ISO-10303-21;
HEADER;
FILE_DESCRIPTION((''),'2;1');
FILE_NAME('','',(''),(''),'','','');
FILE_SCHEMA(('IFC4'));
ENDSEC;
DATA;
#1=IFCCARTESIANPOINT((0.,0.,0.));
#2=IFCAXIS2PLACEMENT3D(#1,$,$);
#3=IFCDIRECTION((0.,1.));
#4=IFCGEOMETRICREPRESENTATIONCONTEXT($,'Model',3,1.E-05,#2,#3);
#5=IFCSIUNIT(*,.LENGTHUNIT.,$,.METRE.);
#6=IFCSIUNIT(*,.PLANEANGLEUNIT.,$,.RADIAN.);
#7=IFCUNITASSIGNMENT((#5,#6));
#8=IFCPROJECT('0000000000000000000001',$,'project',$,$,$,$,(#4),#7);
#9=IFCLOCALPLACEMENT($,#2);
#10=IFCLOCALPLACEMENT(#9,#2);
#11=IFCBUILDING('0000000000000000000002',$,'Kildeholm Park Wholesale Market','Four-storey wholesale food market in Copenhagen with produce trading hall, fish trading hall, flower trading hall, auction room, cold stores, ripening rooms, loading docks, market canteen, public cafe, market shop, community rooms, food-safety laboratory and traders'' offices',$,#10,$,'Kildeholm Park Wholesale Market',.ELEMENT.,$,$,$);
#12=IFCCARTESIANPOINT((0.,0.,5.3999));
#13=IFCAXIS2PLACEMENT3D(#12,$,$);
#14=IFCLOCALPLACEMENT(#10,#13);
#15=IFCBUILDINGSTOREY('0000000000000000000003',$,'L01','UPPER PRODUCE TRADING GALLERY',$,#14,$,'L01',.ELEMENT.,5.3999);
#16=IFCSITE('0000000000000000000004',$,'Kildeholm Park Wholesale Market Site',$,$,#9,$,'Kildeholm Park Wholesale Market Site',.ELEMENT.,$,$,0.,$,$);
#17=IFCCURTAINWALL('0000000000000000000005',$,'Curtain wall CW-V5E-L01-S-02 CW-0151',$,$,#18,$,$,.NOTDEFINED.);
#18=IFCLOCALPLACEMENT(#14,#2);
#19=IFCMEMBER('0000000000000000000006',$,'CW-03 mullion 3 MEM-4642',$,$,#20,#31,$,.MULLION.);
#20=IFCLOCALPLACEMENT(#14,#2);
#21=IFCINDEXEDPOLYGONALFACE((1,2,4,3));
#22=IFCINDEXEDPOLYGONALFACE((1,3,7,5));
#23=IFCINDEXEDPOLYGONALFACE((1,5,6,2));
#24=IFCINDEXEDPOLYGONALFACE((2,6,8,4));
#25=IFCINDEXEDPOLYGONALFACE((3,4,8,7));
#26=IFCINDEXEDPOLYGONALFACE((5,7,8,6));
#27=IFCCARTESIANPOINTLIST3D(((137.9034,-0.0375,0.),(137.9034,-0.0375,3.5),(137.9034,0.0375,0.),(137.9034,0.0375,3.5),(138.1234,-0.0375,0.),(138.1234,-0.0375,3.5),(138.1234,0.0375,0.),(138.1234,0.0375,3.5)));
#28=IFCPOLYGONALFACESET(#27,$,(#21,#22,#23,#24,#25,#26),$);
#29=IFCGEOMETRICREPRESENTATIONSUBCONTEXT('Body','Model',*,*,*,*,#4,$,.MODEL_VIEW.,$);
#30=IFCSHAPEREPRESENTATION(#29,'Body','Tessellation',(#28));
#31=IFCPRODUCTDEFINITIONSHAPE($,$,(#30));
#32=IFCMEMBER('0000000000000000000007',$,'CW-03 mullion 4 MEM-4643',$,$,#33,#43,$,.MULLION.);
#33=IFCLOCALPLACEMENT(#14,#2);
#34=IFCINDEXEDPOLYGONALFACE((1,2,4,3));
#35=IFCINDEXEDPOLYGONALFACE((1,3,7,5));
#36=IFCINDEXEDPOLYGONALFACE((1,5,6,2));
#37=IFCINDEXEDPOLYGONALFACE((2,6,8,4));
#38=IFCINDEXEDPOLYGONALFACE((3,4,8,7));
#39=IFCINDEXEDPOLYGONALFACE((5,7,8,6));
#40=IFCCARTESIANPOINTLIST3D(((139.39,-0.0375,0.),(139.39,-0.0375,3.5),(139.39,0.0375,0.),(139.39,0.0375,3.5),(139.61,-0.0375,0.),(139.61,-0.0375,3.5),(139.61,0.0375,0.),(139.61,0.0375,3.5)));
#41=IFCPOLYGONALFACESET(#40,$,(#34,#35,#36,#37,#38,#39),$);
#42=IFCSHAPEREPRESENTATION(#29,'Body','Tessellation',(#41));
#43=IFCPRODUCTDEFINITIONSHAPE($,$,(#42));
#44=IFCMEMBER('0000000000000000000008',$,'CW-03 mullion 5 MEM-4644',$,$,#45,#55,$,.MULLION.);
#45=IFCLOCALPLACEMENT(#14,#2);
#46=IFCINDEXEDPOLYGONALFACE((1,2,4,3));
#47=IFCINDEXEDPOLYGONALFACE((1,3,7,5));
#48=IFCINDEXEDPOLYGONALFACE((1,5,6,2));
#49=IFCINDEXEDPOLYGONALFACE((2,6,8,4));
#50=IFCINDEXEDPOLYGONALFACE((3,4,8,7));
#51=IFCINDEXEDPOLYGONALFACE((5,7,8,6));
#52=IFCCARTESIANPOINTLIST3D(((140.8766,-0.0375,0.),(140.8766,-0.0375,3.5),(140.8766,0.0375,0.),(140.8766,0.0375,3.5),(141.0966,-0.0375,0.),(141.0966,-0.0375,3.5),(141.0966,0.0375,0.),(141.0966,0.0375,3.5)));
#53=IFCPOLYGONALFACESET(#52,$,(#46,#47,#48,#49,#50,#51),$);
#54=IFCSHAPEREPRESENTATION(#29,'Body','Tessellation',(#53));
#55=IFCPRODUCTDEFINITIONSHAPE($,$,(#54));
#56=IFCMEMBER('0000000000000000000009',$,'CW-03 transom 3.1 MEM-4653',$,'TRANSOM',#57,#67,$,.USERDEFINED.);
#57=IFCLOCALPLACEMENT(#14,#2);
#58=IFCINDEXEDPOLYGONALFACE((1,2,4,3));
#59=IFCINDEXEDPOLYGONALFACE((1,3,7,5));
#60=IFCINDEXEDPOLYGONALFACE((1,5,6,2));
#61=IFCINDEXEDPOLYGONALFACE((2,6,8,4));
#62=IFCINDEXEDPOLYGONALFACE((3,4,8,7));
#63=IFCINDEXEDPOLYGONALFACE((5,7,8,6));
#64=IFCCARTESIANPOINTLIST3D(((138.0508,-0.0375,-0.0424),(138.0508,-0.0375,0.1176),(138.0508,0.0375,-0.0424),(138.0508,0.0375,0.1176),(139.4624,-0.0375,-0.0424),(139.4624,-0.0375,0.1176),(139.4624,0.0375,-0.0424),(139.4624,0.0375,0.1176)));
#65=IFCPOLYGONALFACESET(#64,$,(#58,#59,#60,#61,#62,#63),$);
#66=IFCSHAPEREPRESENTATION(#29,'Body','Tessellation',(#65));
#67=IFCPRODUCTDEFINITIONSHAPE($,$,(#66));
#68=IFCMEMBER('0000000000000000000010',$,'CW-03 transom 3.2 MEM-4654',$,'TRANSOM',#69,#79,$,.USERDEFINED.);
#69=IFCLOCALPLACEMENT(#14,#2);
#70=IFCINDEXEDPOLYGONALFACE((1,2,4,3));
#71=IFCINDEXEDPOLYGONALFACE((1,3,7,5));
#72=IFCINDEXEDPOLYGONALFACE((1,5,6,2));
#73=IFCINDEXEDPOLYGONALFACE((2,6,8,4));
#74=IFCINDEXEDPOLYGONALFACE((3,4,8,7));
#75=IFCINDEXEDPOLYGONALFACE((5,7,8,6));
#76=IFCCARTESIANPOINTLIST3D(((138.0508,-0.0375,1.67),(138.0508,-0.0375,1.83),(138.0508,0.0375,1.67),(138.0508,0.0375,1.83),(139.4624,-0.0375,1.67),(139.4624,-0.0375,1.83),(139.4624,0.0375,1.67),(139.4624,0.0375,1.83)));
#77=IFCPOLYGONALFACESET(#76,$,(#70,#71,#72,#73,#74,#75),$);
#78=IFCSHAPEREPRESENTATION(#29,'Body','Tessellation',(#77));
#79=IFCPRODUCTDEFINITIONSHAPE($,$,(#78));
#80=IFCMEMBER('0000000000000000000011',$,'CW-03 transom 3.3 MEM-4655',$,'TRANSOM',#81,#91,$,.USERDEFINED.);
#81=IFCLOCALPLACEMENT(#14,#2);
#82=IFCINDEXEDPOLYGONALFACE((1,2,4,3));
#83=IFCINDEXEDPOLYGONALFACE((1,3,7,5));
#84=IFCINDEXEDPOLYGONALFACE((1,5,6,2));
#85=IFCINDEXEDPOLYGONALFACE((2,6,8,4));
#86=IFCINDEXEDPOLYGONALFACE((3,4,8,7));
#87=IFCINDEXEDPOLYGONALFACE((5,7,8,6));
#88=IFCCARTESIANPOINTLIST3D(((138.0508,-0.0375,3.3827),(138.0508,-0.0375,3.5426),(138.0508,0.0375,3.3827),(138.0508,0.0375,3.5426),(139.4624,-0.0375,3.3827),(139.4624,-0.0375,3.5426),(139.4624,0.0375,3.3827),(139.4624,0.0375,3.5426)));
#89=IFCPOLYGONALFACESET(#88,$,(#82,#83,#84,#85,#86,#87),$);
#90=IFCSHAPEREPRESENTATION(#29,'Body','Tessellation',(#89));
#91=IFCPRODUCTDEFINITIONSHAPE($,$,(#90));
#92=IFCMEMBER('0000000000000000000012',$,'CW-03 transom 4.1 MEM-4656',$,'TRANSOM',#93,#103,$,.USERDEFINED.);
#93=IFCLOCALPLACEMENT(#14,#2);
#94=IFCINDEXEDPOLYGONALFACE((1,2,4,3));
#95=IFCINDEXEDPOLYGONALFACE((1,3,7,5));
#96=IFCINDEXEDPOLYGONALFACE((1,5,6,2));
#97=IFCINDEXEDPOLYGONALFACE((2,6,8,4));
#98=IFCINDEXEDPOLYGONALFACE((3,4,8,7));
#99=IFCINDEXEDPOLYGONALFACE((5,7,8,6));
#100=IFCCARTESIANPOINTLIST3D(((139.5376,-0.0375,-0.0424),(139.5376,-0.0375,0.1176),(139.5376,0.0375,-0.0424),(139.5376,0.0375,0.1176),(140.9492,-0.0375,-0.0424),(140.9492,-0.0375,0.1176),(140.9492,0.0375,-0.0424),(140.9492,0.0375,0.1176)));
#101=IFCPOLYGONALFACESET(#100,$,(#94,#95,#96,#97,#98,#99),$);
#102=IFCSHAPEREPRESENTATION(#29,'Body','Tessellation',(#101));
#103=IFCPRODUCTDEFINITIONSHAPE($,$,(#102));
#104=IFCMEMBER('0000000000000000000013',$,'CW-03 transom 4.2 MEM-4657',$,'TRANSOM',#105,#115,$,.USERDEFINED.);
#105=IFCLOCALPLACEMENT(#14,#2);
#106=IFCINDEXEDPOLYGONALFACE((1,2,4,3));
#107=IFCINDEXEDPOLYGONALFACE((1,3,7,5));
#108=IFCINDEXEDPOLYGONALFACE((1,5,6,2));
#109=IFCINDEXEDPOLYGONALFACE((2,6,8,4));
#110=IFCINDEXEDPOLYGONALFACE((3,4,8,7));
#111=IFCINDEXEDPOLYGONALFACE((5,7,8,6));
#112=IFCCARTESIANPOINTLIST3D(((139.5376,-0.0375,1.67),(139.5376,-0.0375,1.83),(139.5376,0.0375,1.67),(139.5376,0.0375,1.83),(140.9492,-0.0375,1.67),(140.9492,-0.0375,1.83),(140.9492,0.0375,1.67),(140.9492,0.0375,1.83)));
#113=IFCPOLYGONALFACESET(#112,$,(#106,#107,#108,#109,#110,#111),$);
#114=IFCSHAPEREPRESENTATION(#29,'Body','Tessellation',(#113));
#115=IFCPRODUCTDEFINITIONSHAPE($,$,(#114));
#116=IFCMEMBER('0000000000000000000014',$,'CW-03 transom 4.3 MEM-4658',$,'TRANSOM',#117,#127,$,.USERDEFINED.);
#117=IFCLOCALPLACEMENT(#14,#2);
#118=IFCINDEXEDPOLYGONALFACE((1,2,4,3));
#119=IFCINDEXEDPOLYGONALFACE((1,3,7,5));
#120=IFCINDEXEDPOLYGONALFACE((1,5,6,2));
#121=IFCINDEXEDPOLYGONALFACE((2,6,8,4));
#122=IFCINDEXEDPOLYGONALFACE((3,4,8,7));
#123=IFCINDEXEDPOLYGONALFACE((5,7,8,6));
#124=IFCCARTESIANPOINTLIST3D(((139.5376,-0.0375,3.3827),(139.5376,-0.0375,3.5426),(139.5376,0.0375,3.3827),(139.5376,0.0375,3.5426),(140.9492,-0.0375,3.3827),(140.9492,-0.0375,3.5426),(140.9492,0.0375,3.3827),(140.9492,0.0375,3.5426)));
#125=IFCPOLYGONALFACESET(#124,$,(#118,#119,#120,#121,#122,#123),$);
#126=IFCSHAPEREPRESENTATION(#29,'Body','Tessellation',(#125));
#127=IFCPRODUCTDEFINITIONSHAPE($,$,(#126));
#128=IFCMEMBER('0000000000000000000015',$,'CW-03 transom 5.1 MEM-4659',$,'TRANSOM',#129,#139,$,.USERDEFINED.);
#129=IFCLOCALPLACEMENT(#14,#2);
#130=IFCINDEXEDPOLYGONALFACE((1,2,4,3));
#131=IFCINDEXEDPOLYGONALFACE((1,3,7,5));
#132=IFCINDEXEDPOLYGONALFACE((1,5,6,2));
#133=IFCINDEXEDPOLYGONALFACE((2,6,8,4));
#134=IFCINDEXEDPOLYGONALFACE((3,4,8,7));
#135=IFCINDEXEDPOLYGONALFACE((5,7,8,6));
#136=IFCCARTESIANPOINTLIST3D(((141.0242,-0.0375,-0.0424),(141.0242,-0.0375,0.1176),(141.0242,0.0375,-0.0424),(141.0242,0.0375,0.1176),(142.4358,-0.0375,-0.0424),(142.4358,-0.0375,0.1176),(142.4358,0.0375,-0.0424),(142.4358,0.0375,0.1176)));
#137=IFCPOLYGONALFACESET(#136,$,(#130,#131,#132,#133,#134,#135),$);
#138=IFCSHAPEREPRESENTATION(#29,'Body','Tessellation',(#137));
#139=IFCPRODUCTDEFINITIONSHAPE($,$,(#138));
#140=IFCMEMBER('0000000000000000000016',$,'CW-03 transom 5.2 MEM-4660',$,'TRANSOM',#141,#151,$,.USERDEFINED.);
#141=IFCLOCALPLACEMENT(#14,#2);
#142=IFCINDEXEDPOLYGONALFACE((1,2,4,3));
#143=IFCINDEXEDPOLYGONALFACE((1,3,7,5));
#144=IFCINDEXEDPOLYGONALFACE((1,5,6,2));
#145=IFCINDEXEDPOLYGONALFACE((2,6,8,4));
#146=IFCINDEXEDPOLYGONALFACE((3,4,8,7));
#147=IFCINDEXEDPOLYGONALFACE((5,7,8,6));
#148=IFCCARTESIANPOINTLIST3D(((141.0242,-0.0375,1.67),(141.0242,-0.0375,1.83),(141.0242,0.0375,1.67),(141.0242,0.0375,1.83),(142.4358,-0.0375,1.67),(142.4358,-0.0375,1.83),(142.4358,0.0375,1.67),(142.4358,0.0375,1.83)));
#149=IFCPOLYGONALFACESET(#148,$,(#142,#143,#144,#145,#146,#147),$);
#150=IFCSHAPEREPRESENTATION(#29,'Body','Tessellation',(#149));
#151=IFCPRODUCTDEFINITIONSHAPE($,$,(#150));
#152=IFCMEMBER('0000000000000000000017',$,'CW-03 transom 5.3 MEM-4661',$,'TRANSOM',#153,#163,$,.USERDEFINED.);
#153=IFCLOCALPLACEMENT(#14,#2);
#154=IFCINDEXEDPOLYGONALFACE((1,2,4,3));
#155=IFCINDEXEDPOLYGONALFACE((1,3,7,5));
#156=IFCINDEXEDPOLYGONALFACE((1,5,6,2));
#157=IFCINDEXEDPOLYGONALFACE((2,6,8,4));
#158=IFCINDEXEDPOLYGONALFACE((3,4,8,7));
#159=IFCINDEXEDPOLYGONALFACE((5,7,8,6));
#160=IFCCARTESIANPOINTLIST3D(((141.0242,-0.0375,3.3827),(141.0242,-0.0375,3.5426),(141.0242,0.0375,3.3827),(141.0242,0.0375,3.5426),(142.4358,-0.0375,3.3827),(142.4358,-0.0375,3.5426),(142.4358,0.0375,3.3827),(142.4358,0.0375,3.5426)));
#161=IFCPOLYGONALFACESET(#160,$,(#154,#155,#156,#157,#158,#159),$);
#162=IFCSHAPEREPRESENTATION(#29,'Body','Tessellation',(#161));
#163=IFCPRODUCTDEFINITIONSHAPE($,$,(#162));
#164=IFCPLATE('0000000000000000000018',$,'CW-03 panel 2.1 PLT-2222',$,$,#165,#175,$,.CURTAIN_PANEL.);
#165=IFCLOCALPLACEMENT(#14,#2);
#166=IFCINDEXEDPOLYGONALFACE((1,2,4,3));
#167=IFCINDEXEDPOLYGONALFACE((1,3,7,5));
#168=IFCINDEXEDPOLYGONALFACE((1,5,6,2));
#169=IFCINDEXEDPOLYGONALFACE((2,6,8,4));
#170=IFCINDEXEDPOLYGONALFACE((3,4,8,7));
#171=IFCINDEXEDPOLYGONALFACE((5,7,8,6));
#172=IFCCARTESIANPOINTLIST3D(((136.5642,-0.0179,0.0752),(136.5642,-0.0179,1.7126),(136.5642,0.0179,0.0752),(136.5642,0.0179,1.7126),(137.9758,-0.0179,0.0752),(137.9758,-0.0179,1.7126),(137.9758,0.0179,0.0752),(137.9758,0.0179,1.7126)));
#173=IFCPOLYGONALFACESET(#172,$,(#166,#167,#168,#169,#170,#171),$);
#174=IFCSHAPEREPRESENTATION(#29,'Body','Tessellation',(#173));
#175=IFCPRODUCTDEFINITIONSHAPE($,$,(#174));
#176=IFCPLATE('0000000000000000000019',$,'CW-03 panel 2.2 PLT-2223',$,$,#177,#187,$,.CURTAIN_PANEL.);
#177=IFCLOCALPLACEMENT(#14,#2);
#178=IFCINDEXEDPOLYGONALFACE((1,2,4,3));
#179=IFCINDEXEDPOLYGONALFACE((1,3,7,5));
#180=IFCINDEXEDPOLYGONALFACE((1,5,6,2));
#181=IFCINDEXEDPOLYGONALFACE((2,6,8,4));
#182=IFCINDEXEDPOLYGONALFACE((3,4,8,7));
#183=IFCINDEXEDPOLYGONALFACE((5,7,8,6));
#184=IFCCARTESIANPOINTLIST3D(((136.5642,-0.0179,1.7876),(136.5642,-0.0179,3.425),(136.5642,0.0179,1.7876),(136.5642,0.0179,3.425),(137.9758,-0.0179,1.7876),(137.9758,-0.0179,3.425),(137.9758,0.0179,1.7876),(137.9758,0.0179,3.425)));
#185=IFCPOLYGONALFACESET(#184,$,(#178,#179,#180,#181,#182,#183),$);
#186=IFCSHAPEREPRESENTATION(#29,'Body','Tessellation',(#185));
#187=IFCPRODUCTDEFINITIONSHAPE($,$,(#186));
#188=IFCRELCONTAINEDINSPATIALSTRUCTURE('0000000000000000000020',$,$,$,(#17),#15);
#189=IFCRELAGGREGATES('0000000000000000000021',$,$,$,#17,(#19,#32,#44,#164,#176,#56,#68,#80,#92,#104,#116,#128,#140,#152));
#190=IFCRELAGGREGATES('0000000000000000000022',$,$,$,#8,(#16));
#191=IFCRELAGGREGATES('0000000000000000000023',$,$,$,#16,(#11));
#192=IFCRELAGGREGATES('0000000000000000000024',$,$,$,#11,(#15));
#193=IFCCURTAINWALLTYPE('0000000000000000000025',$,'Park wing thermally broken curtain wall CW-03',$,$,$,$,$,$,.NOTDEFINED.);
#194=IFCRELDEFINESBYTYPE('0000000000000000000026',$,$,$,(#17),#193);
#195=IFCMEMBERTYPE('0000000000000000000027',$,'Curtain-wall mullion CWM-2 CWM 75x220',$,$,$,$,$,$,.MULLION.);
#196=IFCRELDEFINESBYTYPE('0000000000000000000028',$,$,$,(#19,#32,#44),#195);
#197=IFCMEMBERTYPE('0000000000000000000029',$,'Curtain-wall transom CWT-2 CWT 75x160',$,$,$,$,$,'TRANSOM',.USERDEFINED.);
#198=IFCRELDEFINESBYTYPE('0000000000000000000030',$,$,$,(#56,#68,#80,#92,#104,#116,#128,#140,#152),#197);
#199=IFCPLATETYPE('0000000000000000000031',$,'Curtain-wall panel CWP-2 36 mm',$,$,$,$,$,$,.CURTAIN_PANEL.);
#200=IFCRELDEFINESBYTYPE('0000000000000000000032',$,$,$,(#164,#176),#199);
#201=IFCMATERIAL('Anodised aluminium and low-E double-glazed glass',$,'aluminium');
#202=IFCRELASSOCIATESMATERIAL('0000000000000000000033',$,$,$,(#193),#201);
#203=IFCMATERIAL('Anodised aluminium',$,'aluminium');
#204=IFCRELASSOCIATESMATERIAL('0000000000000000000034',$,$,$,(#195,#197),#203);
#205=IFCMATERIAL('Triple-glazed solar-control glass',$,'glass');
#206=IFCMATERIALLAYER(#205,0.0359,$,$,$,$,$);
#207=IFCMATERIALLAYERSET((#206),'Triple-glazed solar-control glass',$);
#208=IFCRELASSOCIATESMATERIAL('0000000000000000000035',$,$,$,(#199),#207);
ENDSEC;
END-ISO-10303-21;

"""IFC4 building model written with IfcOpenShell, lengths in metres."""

from ifc_helpers import new_model, si_unit, direction, frame, origin, origin_2d, place, context, subcontext, project, spatial, rectangle, extrude, material, layer, layer_set, material_profile, profile_set, type_object, element, aggregate, save


model = new_model("IFC4")

# Units and contexts
model_context = context("Model", 3, precision=1e-05, world=origin(), true_north=direction((0.0, 1.0)))
body_context = subcontext(model_context, "Body", "Model", "MODEL_VIEW")
ifc_project = project(units=[si_unit("LENGTHUNIT", "METRE"), si_unit("PLANEANGLEUNIT", "RADIAN")], contexts=[model_context])

# Site, building, storey
site_placement = place(None, origin())
site = spatial("IfcSite", under=ifc_project, at=site_placement, Name="Kildeholm Park Wholesale Market Site", LongName="Kildeholm Park Wholesale Market Site", CompositionType="ELEMENT", RefElevation=0.0)
building_placement = place(site_placement, origin())
building = spatial("IfcBuilding", under=site, at=building_placement, Name="Kildeholm Park Wholesale Market", Description="Four-storey wholesale food market in Copenhagen with produce trading hall, fish trading hall, flower trading hall, auction room, cold stores, ripening rooms, loading docks, market canteen, public cafe, market shop, community rooms, food-safety laboratory and traders' offices", LongName="Kildeholm Park Wholesale Market", CompositionType="ELEMENT")
storey_placement = place(building_placement, frame((0.0, 0.0, 5.3999)))
storey = spatial("IfcBuildingStorey", under=building, at=storey_placement, Name="L01", Description="UPPER PRODUCE TRADING GALLERY", LongName="L01", CompositionType="ELEMENT", Elevation=5.3999)

# Curtain wall, members, plates
ifc_material_1 = material(Name="Anodised aluminium and low-E double-glazed glass", Category="aluminium")
curtain_wall_type = type_object("IfcCurtainWallType", Name="Park wing thermally broken curtain wall CW-03", PredefinedType="NOTDEFINED", material=ifc_material_1)
curtain_wall_placement = place(storey_placement, origin())
curtain_wall = element("IfcCurtainWall", 1, at=curtain_wall_placement, inside=storey, type_object=curtain_wall_type, Name="Curtain wall CW-V5E-L01-S-02 CW-0151", PredefinedType="NOTDEFINED")
ifc_material_2 = material(Name="Anodised aluminium", Category="aluminium")
ifc_material_profile_1 = material_profile(ifc_material_2, rectangle(XDim=0.075, YDim=0.22, at=origin_2d()), Name="CWM 75x220")
ifc_profile_set_1 = profile_set([ifc_material_profile_1], Name="Anodised aluminium")
member_type_1 = type_object("IfcMemberType", Name="Curtain-wall mullion CWM-2 CWM 75x220", PredefinedType="MULLION", material=ifc_profile_set_1)
member_1_placement = place(storey_placement, frame((138.0134, 0.0, 0.0), z_axis=(0.0, 0.0, 1.0), x_axis=(0.0, 1.0, 0.0)))
member_1 = element("IfcMember", 2, at=member_1_placement, type_object=member_type_1, Name="CW-03 mullion 3 MEM-4642", PredefinedType="MULLION", context=body_context, shape_type="SweptSolid", body=[
    extrude(rectangle(XDim=0.075, YDim=0.22, at=origin_2d()), origin(), (0.0, 0.0, 1.0), 3.5),
])
member_2_placement = place(storey_placement, frame((139.5, 0.0, 0.0), z_axis=(0.0, 0.0, 1.0), x_axis=(0.0, 1.0, 0.0)))
member_2 = element("IfcMember", 3, at=member_2_placement, type_object=member_type_1, Name="CW-03 mullion 4 MEM-4643", PredefinedType="MULLION", context=body_context, shape_type="SweptSolid", body=[
    extrude(rectangle(XDim=0.075, YDim=0.22, at=origin_2d()), origin(), (0.0, 0.0, 1.0), 3.5),
])
member_3_placement = place(storey_placement, frame((140.9866, 0.0, 0.0), z_axis=(0.0, 0.0, 1.0), x_axis=(0.0, 1.0, 0.0)))
member_3 = element("IfcMember", 4, at=member_3_placement, type_object=member_type_1, Name="CW-03 mullion 5 MEM-4644", PredefinedType="MULLION", context=body_context, shape_type="SweptSolid", body=[
    extrude(rectangle(XDim=0.075, YDim=0.22, at=origin_2d()), origin(), (0.0, 0.0, 1.0), 3.5),
])
ifc_material_profile_2 = material_profile(ifc_material_2, rectangle(XDim=0.075, YDim=0.1599, at=origin_2d()), Name="CWT 75x160")
ifc_profile_set_2 = profile_set([ifc_material_profile_2], Name="Anodised aluminium")
member_type_2 = type_object("IfcMemberType", Name="Curtain-wall transom CWT-2 CWT 75x160", ElementType="TRANSOM", PredefinedType="USERDEFINED", material=ifc_profile_set_2)
member_4_placement = place(storey_placement, frame((138.0508, 0.0, 0.0376), z_axis=(1.0, 0.0, 0.0), x_axis=(0.0, 1.0, 0.0)))
member_4 = element("IfcMember", 5, at=member_4_placement, type_object=member_type_2, Name="CW-03 transom 3.1 MEM-4653", ObjectType="TRANSOM", PredefinedType="USERDEFINED", context=body_context, shape_type="SweptSolid", body=[
    extrude(rectangle(XDim=0.075, YDim=0.1599, at=origin_2d()), origin(), (0.0, 0.0, 1.0), 1.4116),
])
member_5_placement = place(storey_placement, frame((138.0508, 0.0, 1.75), z_axis=(1.0, 0.0, 0.0), x_axis=(0.0, 1.0, 0.0)))
member_5 = element("IfcMember", 6, at=member_5_placement, type_object=member_type_2, Name="CW-03 transom 3.2 MEM-4654", ObjectType="TRANSOM", PredefinedType="USERDEFINED", context=body_context, shape_type="SweptSolid", body=[
    extrude(rectangle(XDim=0.075, YDim=0.1599, at=origin_2d()), origin(), (0.0, 0.0, 1.0), 1.4116),
])
member_6_placement = place(storey_placement, frame((138.0508, 0.0, 3.4626), z_axis=(1.0, 0.0, 0.0), x_axis=(0.0, 1.0, 0.0)))
member_6 = element("IfcMember", 7, at=member_6_placement, type_object=member_type_2, Name="CW-03 transom 3.3 MEM-4655", ObjectType="TRANSOM", PredefinedType="USERDEFINED", context=body_context, shape_type="SweptSolid", body=[
    extrude(rectangle(XDim=0.075, YDim=0.1599, at=origin_2d()), origin(), (0.0, 0.0, 1.0), 1.4116),
])
member_7_placement = place(storey_placement, frame((139.5376, 0.0, 0.0376), z_axis=(1.0, 0.0, 0.0), x_axis=(0.0, 1.0, 0.0)))
member_7 = element("IfcMember", 8, at=member_7_placement, type_object=member_type_2, Name="CW-03 transom 4.1 MEM-4656", ObjectType="TRANSOM", PredefinedType="USERDEFINED", context=body_context, shape_type="SweptSolid", body=[
    extrude(rectangle(XDim=0.075, YDim=0.1599, at=origin_2d()), origin(), (0.0, 0.0, 1.0), 1.4116),
])
member_8_placement = place(storey_placement, frame((139.5376, 0.0, 1.75), z_axis=(1.0, 0.0, 0.0), x_axis=(0.0, 1.0, 0.0)))
member_8 = element("IfcMember", 9, at=member_8_placement, type_object=member_type_2, Name="CW-03 transom 4.2 MEM-4657", ObjectType="TRANSOM", PredefinedType="USERDEFINED", context=body_context, shape_type="SweptSolid", body=[
    extrude(rectangle(XDim=0.075, YDim=0.1599, at=origin_2d()), origin(), (0.0, 0.0, 1.0), 1.4116),
])
member_9_placement = place(storey_placement, frame((139.5376, 0.0, 3.4626), z_axis=(1.0, 0.0, 0.0), x_axis=(0.0, 1.0, 0.0)))
member_9 = element("IfcMember", 10, at=member_9_placement, type_object=member_type_2, Name="CW-03 transom 4.3 MEM-4658", ObjectType="TRANSOM", PredefinedType="USERDEFINED", context=body_context, shape_type="SweptSolid", body=[
    extrude(rectangle(XDim=0.075, YDim=0.1599, at=origin_2d()), origin(), (0.0, 0.0, 1.0), 1.4116),
])
member_10_placement = place(storey_placement, frame((141.0242, 0.0, 0.0376), z_axis=(1.0, 0.0, 0.0), x_axis=(0.0, 1.0, 0.0)))
member_10 = element("IfcMember", 11, at=member_10_placement, type_object=member_type_2, Name="CW-03 transom 5.1 MEM-4659", ObjectType="TRANSOM", PredefinedType="USERDEFINED", context=body_context, shape_type="SweptSolid", body=[
    extrude(rectangle(XDim=0.075, YDim=0.1599, at=origin_2d()), origin(), (0.0, 0.0, 1.0), 1.4116),
])
member_11_placement = place(storey_placement, frame((141.0242, 0.0, 1.75), z_axis=(1.0, 0.0, 0.0), x_axis=(0.0, 1.0, 0.0)))
member_11 = element("IfcMember", 12, at=member_11_placement, type_object=member_type_2, Name="CW-03 transom 5.2 MEM-4660", ObjectType="TRANSOM", PredefinedType="USERDEFINED", context=body_context, shape_type="SweptSolid", body=[
    extrude(rectangle(XDim=0.075, YDim=0.1599, at=origin_2d()), origin(), (0.0, 0.0, 1.0), 1.4116),
])
member_12_placement = place(storey_placement, frame((141.0242, 0.0, 3.4626), z_axis=(1.0, 0.0, 0.0), x_axis=(0.0, 1.0, 0.0)))
member_12 = element("IfcMember", 13, at=member_12_placement, type_object=member_type_2, Name="CW-03 transom 5.3 MEM-4661", ObjectType="TRANSOM", PredefinedType="USERDEFINED", context=body_context, shape_type="SweptSolid", body=[
    extrude(rectangle(XDim=0.075, YDim=0.1599, at=origin_2d()), origin(), (0.0, 0.0, 1.0), 1.4116),
])
ifc_material_3 = material(Name="Triple-glazed solar-control glass", Category="glass")
ifc_layer = layer(ifc_material_3, 0.0359)
ifc_layer_set = layer_set([ifc_layer], Name="Triple-glazed solar-control glass")
plate_type = type_object("IfcPlateType", Name="Curtain-wall panel CWP-2 36 mm", PredefinedType="CURTAIN_PANEL", material=ifc_layer_set)
plate_1_placement = place(storey_placement, frame((137.27, 0.0, 0.0752), z_axis=(0.0, 0.0, 1.0), x_axis=(1.0, 0.0, 0.0)))
plate_1 = element("IfcPlate", 14, at=plate_1_placement, type_object=plate_type, Name="CW-03 panel 2.1 PLT-2222", PredefinedType="CURTAIN_PANEL", context=body_context, shape_type="SweptSolid", body=[
    extrude(rectangle(XDim=1.4116, YDim=0.0359, at=origin_2d()), origin(), (0.0, 0.0, 1.0), 1.6375),
])
plate_2_placement = place(storey_placement, frame((137.27, 0.0, 1.7876), z_axis=(0.0, 0.0, 1.0), x_axis=(1.0, 0.0, 0.0)))
plate_2 = element("IfcPlate", 15, at=plate_2_placement, type_object=plate_type, Name="CW-03 panel 2.2 PLT-2223", PredefinedType="CURTAIN_PANEL", context=body_context, shape_type="SweptSolid", body=[
    extrude(rectangle(XDim=1.4116, YDim=0.0359, at=origin_2d()), origin(), (0.0, 0.0, 1.0), 1.6375),
])
aggregate(curtain_wall, [member_1, member_2, member_3, plate_1, plate_2, member_4, member_5, member_6, member_7, member_8, member_9, member_10, member_11, member_12])

save(model, "model.ifc")
